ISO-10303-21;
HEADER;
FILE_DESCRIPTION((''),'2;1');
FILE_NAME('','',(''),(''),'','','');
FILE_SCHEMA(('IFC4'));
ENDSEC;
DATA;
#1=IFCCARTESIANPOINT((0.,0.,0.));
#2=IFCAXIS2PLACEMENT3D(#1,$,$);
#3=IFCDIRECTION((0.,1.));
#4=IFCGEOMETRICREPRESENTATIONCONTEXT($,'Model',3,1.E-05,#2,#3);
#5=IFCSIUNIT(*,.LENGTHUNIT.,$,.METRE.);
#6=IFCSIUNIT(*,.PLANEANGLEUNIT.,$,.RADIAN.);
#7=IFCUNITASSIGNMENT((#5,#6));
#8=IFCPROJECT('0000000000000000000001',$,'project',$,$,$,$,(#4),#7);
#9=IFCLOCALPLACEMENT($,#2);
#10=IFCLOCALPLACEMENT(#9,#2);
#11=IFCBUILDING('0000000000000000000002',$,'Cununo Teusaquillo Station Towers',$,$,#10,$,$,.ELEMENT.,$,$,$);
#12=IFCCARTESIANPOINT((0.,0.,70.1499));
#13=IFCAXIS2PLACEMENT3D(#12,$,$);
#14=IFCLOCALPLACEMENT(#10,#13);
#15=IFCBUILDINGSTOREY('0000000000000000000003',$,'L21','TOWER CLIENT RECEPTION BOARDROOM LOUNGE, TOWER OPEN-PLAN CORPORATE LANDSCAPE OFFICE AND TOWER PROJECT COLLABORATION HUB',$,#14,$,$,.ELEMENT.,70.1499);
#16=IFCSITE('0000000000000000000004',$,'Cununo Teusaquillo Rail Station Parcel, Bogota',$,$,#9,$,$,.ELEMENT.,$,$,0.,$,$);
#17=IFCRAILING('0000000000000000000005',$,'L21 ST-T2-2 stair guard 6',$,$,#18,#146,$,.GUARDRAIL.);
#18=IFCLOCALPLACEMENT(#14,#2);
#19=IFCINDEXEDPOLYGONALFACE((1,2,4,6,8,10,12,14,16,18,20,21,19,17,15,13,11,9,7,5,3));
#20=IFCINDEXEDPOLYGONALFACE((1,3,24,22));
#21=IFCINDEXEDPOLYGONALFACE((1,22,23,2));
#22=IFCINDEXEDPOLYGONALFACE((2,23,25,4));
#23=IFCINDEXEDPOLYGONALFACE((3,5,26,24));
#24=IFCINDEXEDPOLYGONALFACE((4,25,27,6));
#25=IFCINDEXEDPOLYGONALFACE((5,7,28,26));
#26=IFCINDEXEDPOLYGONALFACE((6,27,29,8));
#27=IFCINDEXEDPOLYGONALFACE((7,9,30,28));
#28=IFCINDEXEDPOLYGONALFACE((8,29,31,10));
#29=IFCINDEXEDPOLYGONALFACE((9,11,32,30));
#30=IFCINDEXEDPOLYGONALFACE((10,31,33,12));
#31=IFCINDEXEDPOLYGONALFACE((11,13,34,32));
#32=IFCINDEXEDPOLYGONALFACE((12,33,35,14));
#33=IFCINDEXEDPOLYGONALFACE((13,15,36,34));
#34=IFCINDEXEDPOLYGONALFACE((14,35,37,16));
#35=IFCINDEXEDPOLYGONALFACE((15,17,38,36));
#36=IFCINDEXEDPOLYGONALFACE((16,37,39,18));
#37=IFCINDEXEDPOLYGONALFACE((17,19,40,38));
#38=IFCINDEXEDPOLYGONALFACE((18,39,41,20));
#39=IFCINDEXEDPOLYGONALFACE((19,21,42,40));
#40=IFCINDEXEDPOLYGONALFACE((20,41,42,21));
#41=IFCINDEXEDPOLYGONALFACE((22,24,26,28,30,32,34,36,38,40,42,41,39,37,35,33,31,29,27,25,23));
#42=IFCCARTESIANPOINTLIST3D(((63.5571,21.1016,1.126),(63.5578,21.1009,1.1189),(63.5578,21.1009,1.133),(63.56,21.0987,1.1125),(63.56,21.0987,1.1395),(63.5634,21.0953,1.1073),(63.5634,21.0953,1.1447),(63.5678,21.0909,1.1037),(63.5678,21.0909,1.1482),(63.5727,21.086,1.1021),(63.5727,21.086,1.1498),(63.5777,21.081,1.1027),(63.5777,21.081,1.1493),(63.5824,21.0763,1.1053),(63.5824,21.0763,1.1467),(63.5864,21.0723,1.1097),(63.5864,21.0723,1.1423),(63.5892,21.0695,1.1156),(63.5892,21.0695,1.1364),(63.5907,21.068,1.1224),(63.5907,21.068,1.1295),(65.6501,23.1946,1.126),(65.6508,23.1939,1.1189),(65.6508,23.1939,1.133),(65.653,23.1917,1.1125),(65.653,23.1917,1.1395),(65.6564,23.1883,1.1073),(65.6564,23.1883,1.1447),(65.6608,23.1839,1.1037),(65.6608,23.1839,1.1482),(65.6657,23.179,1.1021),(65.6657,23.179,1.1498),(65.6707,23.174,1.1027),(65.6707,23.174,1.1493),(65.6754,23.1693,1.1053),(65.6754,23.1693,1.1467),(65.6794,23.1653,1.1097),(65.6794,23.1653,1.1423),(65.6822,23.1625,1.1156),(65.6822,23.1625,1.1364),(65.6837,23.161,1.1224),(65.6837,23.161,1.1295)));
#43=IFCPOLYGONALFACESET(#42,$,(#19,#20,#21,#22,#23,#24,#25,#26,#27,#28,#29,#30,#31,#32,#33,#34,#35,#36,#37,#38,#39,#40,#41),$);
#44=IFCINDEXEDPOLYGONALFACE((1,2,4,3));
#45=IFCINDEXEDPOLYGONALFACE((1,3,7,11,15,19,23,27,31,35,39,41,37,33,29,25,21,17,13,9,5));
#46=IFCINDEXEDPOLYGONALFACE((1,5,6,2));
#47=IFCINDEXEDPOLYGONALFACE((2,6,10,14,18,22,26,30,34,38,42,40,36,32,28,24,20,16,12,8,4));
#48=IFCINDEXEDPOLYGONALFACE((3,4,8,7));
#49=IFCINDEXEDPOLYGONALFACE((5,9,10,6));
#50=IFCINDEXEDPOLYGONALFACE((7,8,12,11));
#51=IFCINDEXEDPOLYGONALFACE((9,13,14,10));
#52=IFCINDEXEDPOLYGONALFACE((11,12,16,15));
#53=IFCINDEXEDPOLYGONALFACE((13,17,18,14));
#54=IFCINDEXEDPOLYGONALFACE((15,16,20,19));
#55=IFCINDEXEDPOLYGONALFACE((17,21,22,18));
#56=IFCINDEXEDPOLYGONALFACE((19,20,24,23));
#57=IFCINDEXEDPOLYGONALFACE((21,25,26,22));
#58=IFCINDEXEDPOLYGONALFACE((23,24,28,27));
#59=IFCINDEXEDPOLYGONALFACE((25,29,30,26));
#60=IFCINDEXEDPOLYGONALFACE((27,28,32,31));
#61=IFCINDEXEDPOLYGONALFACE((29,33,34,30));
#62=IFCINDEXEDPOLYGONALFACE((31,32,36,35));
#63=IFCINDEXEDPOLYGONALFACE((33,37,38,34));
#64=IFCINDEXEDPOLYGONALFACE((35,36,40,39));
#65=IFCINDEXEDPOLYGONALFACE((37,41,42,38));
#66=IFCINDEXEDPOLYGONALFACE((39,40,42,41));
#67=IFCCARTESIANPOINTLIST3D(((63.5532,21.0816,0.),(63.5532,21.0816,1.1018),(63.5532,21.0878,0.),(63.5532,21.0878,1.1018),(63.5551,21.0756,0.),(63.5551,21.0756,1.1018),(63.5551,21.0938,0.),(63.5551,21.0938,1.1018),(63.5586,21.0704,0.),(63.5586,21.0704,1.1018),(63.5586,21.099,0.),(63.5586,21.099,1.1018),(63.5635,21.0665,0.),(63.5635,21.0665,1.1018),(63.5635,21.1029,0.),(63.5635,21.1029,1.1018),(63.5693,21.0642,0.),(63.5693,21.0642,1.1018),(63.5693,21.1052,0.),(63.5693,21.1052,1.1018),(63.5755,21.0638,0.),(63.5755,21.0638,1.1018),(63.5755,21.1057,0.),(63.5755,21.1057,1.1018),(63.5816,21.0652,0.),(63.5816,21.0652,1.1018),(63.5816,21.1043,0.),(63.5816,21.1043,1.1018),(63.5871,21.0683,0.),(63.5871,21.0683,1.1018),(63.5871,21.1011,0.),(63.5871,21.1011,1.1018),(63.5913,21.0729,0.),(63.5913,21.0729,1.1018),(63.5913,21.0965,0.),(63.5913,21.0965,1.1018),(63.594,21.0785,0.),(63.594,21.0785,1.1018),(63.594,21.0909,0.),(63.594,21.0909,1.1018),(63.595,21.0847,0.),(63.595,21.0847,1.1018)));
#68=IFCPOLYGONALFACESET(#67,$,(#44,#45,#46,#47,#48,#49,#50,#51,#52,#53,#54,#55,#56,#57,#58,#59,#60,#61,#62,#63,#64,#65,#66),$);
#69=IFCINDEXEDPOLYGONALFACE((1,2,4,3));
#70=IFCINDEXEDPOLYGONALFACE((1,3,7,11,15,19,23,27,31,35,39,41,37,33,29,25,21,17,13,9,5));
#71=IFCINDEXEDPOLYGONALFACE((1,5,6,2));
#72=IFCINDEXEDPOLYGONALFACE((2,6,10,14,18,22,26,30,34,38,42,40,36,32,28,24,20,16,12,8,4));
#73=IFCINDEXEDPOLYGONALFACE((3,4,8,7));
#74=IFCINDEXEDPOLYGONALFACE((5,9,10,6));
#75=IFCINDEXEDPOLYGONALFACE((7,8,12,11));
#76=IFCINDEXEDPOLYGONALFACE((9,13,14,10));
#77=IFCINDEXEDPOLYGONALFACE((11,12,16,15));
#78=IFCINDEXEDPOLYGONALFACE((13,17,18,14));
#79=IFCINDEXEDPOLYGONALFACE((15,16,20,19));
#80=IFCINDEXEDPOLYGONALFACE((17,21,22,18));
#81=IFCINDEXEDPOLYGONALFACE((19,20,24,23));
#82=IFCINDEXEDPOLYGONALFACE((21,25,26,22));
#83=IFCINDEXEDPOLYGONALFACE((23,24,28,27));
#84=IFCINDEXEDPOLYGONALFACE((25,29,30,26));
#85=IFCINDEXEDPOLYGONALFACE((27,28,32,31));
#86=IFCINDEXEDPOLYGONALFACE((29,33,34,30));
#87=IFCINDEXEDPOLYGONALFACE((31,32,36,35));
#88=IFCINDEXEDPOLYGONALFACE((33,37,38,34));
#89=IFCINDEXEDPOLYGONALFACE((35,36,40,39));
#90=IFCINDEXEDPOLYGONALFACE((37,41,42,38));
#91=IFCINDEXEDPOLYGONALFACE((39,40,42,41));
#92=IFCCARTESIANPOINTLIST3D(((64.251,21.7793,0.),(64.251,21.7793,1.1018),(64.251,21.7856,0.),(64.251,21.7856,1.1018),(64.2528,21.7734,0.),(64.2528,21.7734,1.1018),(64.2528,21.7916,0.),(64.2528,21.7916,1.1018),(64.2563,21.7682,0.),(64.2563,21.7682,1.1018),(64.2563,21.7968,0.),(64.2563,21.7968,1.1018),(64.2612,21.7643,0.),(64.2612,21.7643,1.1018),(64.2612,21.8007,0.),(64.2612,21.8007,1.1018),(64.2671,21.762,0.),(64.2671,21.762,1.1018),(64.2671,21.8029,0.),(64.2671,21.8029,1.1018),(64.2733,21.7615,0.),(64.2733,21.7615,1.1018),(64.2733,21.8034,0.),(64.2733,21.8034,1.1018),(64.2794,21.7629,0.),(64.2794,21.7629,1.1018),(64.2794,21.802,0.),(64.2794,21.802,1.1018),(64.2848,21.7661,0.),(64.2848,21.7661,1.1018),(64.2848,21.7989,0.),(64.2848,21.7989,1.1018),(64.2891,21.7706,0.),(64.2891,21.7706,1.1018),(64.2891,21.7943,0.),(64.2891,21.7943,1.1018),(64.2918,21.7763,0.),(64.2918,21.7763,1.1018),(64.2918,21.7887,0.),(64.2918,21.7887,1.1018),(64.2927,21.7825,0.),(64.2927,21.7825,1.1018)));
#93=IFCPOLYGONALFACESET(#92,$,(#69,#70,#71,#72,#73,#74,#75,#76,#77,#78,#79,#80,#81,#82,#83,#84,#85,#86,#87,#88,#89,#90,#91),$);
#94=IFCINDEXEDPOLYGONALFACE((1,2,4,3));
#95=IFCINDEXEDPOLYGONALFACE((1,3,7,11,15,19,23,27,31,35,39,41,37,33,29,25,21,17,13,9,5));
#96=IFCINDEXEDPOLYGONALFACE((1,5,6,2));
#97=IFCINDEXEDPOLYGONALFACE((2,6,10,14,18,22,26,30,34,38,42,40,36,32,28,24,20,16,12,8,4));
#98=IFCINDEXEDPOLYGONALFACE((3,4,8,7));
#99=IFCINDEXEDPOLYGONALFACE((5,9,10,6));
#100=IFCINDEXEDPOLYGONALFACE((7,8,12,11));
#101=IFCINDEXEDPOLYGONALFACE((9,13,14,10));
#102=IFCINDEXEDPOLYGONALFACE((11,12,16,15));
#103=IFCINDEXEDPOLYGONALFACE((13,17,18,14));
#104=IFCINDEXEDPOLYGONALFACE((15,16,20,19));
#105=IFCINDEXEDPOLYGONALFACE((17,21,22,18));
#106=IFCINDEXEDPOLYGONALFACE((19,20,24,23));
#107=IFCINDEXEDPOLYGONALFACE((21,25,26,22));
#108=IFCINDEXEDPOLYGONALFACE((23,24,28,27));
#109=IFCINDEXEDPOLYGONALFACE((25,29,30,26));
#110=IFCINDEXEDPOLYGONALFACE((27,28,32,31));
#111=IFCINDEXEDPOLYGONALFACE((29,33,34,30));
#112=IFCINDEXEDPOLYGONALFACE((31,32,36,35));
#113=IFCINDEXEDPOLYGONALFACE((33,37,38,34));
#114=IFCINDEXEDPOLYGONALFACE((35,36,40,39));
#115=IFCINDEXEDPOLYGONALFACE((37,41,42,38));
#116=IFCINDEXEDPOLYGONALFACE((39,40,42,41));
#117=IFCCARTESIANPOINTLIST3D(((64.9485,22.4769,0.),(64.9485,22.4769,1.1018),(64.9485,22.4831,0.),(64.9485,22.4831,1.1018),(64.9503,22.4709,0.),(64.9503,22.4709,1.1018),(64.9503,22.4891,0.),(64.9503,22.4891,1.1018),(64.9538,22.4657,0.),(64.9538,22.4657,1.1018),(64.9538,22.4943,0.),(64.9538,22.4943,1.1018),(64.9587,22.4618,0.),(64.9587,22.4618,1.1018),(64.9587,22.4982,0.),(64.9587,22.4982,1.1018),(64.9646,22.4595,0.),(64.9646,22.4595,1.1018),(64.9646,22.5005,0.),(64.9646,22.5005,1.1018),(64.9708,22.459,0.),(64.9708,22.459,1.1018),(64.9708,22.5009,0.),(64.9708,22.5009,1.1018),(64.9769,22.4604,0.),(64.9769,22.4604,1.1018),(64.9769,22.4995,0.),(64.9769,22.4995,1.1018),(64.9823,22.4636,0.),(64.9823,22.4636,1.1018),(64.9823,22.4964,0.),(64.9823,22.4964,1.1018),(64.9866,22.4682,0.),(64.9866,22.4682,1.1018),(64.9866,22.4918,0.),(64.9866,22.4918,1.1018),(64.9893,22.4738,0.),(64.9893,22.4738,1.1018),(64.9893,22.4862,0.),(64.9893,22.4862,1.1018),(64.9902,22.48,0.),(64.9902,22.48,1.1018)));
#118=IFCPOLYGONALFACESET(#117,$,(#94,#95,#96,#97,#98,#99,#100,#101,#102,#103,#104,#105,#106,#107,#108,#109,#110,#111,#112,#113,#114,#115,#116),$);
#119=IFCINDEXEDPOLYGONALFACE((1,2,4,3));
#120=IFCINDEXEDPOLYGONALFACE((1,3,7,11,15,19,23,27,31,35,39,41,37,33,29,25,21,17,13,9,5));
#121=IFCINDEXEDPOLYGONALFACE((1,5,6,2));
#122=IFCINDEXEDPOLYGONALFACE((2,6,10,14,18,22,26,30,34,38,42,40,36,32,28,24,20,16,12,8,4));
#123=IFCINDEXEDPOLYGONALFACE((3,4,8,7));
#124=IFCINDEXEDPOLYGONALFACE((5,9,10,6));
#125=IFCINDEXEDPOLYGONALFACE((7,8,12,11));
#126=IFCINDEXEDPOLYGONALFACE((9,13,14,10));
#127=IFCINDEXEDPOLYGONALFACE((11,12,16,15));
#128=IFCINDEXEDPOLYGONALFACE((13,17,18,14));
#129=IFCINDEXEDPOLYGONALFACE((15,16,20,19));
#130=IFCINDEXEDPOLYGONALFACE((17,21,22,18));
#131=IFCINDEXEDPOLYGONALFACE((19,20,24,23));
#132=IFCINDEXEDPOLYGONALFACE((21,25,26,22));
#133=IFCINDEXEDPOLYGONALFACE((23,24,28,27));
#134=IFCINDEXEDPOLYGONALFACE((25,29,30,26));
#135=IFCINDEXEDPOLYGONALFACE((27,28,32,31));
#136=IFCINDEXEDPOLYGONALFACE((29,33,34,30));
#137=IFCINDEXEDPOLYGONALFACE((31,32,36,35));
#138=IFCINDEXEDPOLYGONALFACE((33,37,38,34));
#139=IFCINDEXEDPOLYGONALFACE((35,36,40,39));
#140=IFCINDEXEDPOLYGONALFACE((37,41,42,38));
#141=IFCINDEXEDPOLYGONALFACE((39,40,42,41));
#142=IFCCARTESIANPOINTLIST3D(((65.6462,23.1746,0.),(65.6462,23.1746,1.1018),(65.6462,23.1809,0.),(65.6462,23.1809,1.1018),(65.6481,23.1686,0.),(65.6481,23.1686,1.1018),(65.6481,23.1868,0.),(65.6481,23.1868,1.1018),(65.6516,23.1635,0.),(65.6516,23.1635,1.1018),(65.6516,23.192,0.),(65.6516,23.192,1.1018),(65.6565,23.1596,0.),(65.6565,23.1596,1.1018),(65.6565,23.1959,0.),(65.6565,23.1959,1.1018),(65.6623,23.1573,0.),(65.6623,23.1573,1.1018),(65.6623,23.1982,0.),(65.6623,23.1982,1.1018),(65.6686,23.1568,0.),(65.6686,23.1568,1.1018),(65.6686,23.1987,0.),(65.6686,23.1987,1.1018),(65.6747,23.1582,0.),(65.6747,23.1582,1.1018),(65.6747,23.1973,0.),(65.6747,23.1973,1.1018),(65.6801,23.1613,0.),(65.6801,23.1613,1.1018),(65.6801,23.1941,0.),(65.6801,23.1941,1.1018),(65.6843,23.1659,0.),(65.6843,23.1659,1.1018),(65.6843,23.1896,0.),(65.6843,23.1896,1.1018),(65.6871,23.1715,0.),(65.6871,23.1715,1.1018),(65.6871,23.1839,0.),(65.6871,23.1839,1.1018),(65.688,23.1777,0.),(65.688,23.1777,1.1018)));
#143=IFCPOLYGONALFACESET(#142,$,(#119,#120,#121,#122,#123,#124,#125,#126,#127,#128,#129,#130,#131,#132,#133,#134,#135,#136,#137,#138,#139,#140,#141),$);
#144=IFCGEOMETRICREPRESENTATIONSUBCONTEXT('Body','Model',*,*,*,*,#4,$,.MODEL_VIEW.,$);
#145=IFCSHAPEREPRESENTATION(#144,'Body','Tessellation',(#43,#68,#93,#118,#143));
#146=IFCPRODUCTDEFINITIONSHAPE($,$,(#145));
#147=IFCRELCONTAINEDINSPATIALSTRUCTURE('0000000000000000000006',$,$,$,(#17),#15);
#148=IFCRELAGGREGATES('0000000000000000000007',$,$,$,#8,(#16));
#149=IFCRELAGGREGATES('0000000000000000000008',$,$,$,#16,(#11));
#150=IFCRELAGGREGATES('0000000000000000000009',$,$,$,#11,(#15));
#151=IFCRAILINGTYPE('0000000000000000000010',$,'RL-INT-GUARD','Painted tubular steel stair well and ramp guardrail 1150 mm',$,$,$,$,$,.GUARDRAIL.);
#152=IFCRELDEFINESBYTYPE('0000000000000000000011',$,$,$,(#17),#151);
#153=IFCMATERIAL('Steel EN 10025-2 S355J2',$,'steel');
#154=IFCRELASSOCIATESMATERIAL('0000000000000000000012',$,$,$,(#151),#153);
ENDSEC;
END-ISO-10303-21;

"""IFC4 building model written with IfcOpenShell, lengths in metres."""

from ifc_helpers import new_model, si_unit, direction, frame, origin, origin_2d, place, context, subcontext, project, spatial, circle, extrude, material, type_object, element, save


model = new_model("IFC4")

# Units and contexts
model_context = context("Model", 3, precision=1e-05, world=origin(), true_north=direction((0.0, 1.0)))
body_context = subcontext(model_context, "Body", "Model", "MODEL_VIEW")
ifc_project = project(units=[si_unit("LENGTHUNIT", "METRE"), si_unit("PLANEANGLEUNIT", "RADIAN")], contexts=[model_context])

# Site, building, storey
site_placement = place(None, origin())
site = spatial("IfcSite", under=ifc_project, at=site_placement, Name="Cununo Teusaquillo Rail Station Parcel, Bogota", CompositionType="ELEMENT", RefElevation=0.0)
building_placement = place(site_placement, origin())
building = spatial("IfcBuilding", under=site, at=building_placement, Name="Cununo Teusaquillo Station Towers", CompositionType="ELEMENT")
storey_placement = place(building_placement, frame((0.0, 0.0, 70.1499)))
storey = spatial("IfcBuildingStorey", under=building, at=storey_placement, Name="L21", Description="TOWER CLIENT RECEPTION BOARDROOM LOUNGE, TOWER OPEN-PLAN CORPORATE LANDSCAPE OFFICE AND TOWER PROJECT COLLABORATION HUB", CompositionType="ELEMENT", Elevation=70.1499)

# Railing
ifc_material_1 = material(Name="Steel EN 10025-2 S355J2", Category="steel")
railing_type = type_object("IfcRailingType", Name="RL-INT-GUARD", Description="Painted tubular steel stair well and ramp guardrail 1150 mm", PredefinedType="GUARDRAIL", material=ifc_material_1)
railing_1_placement = place(storey_placement, frame((63.574, 21.0847, 0.0)))
element("IfcRailing", 1, at=railing_1_placement, inside=storey, type_object=railing_type, Name="L21 ST-T2-2 stair guard 6", PredefinedType="GUARDRAIL", context=body_context, shape_type="SweptSolid", body=[
    extrude(circle(Radius=0.0239, at=origin_2d()), frame((0.0, 0.0, 1.126), z_axis=(0.707107, 0.707107, 0.0), x_axis=(-0.707107, 0.707107, 0.0)), (0.0, 0.0, 1.0), 2.96),
    extrude(circle(Radius=0.021, at=origin_2d()), origin(), (0.0, 0.0, 1.0), 1.1018),
    extrude(circle(Radius=0.021, at=origin_2d()), frame((0.6978, 0.6978, 0.0)), (0.0, 0.0, 1.0), 1.1018),
    extrude(circle(Radius=0.021, at=origin_2d()), frame((1.3953, 1.3953, 0.0)), (0.0, 0.0, 1.0), 1.1018),
    extrude(circle(Radius=0.021, at=origin_2d()), frame((2.093, 2.093, 0.0)), (0.0, 0.0, 1.0), 1.1018),
])

save(model, "model.ifc")
